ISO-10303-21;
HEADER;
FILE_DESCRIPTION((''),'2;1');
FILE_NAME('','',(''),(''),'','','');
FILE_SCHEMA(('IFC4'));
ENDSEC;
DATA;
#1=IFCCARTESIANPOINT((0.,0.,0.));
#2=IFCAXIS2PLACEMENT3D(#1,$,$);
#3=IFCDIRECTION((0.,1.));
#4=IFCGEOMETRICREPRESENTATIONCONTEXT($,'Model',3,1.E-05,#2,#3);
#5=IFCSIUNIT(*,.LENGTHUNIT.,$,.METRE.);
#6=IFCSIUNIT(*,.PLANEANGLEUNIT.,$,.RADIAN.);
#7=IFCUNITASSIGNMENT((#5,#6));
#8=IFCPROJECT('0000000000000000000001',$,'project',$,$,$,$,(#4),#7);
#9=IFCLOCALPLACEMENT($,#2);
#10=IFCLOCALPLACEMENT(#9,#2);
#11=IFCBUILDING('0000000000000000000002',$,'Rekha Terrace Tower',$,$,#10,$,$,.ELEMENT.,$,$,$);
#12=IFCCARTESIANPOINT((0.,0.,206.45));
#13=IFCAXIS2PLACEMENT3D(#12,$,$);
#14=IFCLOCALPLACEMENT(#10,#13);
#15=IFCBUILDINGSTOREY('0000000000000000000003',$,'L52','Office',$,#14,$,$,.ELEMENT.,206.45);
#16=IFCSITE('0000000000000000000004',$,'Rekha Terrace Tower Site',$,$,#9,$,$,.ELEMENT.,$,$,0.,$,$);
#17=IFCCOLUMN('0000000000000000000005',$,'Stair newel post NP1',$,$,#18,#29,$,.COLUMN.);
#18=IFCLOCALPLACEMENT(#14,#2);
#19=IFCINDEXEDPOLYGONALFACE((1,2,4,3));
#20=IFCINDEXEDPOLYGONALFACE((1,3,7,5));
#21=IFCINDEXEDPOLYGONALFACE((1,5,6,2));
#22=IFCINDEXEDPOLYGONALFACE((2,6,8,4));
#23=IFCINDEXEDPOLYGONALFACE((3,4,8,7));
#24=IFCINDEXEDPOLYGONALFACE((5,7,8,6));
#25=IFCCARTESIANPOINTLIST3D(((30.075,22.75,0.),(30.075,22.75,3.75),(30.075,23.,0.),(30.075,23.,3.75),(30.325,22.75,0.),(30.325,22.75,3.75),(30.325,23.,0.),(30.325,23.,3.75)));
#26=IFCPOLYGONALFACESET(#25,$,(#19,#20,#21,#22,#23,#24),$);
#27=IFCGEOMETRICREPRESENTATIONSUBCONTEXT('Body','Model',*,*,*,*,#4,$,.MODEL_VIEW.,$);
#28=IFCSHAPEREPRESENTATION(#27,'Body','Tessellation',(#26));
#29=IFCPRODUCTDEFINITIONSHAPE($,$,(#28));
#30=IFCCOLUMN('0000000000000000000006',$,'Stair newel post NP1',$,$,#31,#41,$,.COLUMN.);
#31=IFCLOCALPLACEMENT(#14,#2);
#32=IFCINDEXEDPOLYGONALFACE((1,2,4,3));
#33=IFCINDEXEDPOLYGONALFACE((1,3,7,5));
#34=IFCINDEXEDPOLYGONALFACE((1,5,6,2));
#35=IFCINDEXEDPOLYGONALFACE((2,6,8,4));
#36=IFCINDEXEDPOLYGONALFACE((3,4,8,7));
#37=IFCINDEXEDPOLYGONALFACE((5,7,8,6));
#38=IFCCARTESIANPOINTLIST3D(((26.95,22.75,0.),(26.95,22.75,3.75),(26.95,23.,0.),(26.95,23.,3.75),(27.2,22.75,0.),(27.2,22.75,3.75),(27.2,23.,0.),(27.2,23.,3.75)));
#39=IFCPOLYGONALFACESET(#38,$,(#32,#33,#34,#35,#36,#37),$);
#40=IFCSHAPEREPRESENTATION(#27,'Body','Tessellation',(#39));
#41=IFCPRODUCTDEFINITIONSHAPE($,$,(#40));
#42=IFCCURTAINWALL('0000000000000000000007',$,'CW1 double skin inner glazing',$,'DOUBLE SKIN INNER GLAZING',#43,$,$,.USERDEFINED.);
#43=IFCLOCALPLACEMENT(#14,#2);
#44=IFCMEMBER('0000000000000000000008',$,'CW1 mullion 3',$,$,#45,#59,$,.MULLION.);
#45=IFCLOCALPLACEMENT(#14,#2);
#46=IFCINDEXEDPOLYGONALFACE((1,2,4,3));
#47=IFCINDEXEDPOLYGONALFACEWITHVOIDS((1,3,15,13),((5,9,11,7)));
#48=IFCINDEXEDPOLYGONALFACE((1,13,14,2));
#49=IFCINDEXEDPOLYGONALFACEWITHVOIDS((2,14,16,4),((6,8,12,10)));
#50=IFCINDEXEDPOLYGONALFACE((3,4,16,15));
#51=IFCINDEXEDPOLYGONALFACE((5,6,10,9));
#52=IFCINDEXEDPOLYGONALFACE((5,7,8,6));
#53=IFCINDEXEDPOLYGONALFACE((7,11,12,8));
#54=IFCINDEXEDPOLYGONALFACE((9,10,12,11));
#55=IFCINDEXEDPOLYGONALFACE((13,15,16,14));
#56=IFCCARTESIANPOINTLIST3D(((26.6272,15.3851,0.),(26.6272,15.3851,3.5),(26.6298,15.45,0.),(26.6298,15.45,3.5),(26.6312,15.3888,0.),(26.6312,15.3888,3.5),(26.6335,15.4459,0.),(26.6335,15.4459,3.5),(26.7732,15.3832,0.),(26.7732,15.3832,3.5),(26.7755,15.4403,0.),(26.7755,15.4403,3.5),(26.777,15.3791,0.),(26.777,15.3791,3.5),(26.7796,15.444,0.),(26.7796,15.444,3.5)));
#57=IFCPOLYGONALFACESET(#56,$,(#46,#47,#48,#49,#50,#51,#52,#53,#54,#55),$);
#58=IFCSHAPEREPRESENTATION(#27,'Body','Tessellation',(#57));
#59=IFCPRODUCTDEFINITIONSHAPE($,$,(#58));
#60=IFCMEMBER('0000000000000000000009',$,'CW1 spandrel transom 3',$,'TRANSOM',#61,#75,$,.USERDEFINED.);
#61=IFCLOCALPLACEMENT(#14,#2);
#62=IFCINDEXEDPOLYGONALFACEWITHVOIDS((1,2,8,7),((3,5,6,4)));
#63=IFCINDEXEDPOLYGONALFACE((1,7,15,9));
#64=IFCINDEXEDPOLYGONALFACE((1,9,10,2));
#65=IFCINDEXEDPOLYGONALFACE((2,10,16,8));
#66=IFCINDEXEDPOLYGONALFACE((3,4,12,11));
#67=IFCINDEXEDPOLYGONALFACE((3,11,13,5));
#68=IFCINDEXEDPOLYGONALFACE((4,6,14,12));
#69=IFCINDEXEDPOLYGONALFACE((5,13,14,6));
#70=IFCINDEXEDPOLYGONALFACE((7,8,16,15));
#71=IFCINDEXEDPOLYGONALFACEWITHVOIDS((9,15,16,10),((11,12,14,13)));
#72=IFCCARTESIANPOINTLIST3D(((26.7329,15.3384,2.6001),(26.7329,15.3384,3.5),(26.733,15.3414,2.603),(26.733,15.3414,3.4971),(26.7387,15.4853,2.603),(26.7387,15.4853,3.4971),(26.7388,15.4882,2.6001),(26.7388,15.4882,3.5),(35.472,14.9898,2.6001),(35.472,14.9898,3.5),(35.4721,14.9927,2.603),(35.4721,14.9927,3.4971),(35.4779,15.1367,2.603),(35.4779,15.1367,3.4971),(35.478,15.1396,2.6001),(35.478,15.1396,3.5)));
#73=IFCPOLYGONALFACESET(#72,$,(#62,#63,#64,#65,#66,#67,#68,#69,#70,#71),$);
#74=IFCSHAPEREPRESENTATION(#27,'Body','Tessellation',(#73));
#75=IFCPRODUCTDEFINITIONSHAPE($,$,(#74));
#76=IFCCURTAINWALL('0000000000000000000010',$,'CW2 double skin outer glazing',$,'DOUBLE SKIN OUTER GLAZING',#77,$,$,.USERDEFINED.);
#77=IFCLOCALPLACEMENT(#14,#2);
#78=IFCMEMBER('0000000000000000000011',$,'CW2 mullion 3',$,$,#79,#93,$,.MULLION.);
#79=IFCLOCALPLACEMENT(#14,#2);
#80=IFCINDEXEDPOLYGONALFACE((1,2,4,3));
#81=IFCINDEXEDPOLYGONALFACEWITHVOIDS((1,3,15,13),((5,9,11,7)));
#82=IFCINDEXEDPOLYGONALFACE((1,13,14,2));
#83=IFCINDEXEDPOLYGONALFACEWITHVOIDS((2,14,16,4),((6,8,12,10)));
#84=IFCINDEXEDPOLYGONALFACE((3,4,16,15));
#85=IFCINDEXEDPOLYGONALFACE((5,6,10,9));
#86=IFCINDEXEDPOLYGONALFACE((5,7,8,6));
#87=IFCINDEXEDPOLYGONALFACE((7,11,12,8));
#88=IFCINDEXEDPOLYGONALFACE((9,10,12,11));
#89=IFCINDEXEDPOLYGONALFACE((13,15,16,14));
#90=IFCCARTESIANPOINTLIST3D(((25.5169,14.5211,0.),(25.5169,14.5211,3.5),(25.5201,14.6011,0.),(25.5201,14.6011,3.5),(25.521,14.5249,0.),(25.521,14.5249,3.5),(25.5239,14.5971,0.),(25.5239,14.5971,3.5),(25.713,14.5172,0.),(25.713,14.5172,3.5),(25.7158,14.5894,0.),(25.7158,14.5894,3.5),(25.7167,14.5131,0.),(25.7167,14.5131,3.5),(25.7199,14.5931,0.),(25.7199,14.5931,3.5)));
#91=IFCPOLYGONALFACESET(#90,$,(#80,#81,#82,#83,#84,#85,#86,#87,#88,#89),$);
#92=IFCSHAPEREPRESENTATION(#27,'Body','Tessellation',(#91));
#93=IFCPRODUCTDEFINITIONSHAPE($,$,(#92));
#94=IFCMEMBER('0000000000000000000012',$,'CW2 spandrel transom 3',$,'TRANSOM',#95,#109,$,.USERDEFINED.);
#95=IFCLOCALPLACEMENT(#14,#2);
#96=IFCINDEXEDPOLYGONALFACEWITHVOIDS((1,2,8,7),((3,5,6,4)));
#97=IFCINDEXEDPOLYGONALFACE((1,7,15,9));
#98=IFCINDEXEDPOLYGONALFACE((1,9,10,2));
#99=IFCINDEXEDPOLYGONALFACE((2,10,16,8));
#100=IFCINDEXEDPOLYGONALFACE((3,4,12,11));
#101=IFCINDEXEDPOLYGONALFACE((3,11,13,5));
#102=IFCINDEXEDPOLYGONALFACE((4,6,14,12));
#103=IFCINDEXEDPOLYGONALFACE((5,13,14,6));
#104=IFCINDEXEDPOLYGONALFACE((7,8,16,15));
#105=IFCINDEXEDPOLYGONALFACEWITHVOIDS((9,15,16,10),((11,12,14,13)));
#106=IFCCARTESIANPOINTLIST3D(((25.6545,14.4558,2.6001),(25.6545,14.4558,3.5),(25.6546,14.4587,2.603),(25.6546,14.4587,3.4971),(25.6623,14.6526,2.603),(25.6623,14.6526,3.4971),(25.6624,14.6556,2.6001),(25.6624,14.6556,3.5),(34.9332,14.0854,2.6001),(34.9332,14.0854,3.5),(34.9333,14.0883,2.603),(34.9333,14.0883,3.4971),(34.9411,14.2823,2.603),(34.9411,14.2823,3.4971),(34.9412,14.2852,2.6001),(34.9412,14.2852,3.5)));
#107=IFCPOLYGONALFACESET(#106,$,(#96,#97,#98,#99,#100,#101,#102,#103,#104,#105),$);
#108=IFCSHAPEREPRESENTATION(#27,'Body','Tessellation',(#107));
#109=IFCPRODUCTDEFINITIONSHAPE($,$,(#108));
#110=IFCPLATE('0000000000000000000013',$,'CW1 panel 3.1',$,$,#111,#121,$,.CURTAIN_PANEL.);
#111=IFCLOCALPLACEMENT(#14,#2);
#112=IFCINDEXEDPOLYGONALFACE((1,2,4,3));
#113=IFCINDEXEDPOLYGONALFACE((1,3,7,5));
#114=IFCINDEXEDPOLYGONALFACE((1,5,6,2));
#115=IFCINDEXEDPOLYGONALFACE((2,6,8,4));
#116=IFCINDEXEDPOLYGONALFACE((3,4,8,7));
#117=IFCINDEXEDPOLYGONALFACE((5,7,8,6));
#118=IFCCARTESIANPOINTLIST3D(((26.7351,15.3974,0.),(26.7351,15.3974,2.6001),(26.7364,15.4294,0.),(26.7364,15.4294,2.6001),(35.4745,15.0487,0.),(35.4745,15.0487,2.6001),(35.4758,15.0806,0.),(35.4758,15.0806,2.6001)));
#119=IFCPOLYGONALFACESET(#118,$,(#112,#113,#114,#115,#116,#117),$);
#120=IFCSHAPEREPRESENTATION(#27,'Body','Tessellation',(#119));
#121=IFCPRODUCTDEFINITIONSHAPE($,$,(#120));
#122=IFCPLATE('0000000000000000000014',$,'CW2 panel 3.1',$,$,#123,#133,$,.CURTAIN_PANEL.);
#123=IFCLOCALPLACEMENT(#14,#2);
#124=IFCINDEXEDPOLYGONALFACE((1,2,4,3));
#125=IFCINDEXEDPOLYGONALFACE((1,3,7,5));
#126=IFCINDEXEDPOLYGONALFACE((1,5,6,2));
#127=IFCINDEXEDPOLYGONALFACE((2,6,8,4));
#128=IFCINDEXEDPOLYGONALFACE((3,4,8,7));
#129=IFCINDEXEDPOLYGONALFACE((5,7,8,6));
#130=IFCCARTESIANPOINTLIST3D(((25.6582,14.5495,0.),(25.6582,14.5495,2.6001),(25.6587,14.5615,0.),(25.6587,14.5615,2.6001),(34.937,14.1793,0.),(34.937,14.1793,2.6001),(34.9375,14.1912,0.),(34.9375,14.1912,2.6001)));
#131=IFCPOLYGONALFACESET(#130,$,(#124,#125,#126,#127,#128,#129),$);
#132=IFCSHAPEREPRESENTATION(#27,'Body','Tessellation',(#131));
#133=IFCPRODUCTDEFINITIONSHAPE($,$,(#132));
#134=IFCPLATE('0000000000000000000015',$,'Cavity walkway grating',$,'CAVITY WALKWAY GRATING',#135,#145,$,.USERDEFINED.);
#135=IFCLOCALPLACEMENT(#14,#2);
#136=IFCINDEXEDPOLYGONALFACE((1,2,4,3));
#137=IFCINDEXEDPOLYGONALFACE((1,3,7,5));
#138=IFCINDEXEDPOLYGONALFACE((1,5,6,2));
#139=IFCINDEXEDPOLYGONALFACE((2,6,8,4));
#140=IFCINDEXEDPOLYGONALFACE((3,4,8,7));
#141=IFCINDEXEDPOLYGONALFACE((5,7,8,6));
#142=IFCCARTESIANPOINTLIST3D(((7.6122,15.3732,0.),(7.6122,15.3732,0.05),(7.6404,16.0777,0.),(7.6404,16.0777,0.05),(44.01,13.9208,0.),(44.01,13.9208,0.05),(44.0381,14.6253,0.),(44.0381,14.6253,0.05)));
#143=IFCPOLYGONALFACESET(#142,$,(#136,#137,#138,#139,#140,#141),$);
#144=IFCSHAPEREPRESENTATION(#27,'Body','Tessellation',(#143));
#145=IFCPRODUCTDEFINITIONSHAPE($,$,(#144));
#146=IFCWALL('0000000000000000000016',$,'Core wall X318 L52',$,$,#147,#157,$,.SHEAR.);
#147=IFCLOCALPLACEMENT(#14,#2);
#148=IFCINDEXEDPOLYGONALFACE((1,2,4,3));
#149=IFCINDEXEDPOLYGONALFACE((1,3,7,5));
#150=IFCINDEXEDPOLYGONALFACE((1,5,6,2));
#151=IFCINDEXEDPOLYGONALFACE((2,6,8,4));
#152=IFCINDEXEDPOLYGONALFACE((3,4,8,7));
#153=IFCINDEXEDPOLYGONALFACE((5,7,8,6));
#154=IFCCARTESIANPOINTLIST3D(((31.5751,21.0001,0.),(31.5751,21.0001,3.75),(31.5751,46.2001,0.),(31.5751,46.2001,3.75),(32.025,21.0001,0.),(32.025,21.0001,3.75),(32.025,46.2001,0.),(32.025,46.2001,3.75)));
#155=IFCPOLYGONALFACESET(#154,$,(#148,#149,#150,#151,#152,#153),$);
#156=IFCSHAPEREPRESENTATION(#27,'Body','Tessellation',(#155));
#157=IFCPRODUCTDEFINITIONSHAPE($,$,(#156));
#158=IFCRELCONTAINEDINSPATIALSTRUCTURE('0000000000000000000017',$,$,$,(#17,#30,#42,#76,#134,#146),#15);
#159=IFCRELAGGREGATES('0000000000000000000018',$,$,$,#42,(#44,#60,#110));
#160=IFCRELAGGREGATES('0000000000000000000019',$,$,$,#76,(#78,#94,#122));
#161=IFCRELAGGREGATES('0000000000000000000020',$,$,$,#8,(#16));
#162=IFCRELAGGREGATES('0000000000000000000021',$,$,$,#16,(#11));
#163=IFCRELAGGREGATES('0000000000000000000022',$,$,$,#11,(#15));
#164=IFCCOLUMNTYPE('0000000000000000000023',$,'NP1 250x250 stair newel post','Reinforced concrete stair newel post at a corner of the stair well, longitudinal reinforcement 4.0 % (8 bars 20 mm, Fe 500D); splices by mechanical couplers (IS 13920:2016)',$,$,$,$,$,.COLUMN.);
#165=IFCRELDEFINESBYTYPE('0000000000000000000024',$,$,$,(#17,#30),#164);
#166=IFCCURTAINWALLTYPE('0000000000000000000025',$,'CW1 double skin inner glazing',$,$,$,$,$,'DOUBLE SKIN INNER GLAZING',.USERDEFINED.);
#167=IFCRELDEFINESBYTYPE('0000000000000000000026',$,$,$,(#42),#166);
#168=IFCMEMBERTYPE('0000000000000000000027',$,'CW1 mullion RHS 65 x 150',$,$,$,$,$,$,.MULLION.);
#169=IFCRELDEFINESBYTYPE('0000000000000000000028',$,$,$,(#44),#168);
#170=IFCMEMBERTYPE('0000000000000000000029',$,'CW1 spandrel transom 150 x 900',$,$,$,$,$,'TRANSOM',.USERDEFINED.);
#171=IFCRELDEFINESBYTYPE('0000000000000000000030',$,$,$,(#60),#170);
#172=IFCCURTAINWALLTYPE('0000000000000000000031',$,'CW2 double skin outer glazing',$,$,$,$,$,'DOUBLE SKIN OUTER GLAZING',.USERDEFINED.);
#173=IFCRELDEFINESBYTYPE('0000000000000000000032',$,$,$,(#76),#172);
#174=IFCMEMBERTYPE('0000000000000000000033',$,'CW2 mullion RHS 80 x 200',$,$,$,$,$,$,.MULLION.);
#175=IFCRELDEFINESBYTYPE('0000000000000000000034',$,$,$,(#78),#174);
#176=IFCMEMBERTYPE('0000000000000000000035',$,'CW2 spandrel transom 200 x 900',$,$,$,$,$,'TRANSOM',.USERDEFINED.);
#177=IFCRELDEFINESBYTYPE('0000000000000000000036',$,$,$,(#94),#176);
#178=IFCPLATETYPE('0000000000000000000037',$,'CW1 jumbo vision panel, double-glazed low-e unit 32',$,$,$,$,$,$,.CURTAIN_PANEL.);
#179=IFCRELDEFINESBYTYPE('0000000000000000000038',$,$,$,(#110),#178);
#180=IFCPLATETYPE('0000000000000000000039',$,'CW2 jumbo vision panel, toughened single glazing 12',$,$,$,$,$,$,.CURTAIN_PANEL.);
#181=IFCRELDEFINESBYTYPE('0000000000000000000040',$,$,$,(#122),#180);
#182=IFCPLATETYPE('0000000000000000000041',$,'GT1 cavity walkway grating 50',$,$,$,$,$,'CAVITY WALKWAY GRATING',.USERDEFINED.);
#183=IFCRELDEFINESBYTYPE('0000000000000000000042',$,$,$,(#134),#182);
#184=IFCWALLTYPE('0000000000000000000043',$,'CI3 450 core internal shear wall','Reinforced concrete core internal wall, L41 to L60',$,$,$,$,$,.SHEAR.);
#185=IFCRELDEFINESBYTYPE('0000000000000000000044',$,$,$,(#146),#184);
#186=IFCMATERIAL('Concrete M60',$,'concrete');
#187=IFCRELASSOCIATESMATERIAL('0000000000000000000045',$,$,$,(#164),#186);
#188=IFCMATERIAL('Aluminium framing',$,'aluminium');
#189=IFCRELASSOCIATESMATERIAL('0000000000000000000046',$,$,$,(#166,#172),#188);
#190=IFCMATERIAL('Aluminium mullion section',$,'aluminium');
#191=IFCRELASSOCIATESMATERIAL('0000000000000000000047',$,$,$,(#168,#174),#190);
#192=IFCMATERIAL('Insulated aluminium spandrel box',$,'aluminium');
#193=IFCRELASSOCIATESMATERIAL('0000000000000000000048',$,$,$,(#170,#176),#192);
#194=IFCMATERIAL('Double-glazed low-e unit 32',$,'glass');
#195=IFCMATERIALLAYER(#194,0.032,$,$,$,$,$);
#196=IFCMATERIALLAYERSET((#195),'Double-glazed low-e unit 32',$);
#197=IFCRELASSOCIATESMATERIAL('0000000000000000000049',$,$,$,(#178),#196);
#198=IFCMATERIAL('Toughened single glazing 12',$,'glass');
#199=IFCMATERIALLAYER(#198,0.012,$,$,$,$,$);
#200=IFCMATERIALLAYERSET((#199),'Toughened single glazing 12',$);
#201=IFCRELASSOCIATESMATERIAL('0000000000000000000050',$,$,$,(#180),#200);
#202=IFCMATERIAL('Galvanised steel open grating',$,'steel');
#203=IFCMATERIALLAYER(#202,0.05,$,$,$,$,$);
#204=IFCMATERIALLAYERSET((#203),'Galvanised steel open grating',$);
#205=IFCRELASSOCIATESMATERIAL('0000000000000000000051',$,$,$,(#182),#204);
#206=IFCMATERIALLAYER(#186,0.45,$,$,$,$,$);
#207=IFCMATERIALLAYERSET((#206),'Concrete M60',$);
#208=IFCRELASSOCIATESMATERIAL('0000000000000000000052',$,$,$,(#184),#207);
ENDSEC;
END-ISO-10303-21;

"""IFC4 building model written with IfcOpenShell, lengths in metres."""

from ifc_helpers import new_model, si_unit, direction, frame, frame_2d, origin, origin_2d, place, context, subcontext, project, spatial, rectangle, hollow_rectangle, extrude, material, layer, layer_set, material_profile, profile_set, type_object, element, aggregate, save


model = new_model("IFC4")

# Units and contexts
model_context = context("Model", 3, precision=1e-05, world=origin(), true_north=direction((0.0, 1.0)))
body_context = subcontext(model_context, "Body", "Model", "MODEL_VIEW")
ifc_project = project(units=[si_unit("LENGTHUNIT", "METRE"), si_unit("PLANEANGLEUNIT", "RADIAN")], contexts=[model_context])

# Site, building, storey
site_placement = place(None, origin())
site = spatial("IfcSite", under=ifc_project, at=site_placement, Name="Rekha Terrace Tower Site", CompositionType="ELEMENT", RefElevation=0.0)
building_placement = place(site_placement, origin())
building = spatial("IfcBuilding", under=site, at=building_placement, Name="Rekha Terrace Tower", CompositionType="ELEMENT")
storey_placement = place(building_placement, frame((0.0, 0.0, 206.45)))
storey = spatial("IfcBuildingStorey", under=building, at=storey_placement, Name="L52", Description="Office", CompositionType="ELEMENT", Elevation=206.45)

# Columns
ifc_material_1 = material(Name="Concrete M60", Category="concrete")
ifc_material_profile_1 = material_profile(ifc_material_1, rectangle(XDim=0.25, YDim=0.25, at=origin_2d()), Name="RC 250x250")
ifc_profile_set_1 = profile_set([ifc_material_profile_1], Name="Concrete M60")
column_type = type_object("IfcColumnType", Name="NP1 250x250 stair newel post", Description="Reinforced concrete stair newel post at a corner of the stair well, longitudinal reinforcement 4.0 % (8 bars 20 mm, Fe 500D); splices by mechanical couplers (IS 13920:2016)", PredefinedType="COLUMN", material=ifc_profile_set_1)
for number, where, z_axis, x_axis, name in (
    (1, (30.2, 22.875, 0.0), (0.0, 0.0, 1.0), (1.0, 0.0, 0.0), "Stair newel post NP1"),
    (2, (27.075, 22.875, 0.0), (0.0, 0.0, 1.0), (1.0, 0.0, 0.0), "Stair newel post NP1"),
):
    element("IfcColumn", number, at=place(storey_placement, frame(where, z_axis=z_axis, x_axis=x_axis)), inside=storey, type_object=column_type, Name=name, PredefinedType="COLUMN", context=body_context, shape_type="SweptSolid", body=[
        extrude(rectangle(XDim=0.25, YDim=0.25, at=origin_2d()), origin(), (0.0, 0.0, 1.0), 3.75),
    ])

# Curtain walls, members
ifc_material_2 = material(Name="Aluminium framing", Category="aluminium")
curtain_wall_type_1 = type_object("IfcCurtainWallType", Name="CW1 double skin inner glazing", ElementType="DOUBLE SKIN INNER GLAZING", PredefinedType="USERDEFINED", material=ifc_material_2)
curtain_wall_1_placement = place(storey_placement, origin())
curtain_wall_1 = element("IfcCurtainWall", 3, at=curtain_wall_1_placement, inside=storey, type_object=curtain_wall_type_1, Name="CW1 double skin inner glazing", ObjectType="DOUBLE SKIN INNER GLAZING", PredefinedType="USERDEFINED")
ifc_material_3 = material(Name="Aluminium mullion section", Category="aluminium")
ifc_material_profile_2 = material_profile(ifc_material_3, hollow_rectangle(XDim=0.0649, YDim=0.1499, WallThickness=0.0039, at=origin_2d()), Name="AL RHS 65x150")
ifc_profile_set_2 = profile_set([ifc_material_profile_2], Name="Aluminium mullion section")
member_type_1 = type_object("IfcMemberType", Name="CW1 mullion RHS 65 x 150", PredefinedType="MULLION", material=ifc_profile_set_2)
member_1_placement = place(storey_placement, frame((26.7034, 15.4146, 0.0), z_axis=(0.0, 0.0, 1.0), x_axis=(0.039872, 0.999205, 0.0)))
member_1 = element("IfcMember", 4, at=member_1_placement, type_object=member_type_1, Name="CW1 mullion 3", PredefinedType="MULLION", context=body_context, shape_type="SweptSolid", body=[
    extrude(hollow_rectangle(XDim=0.0649, YDim=0.1499, WallThickness=0.0039, at=origin_2d()), origin(), (0.0, 0.0, 1.0), 3.5),
])
ifc_material_4 = material(Name="Insulated aluminium spandrel box", Category="aluminium")
ifc_material_profile_3 = material_profile(ifc_material_4, hollow_rectangle(XDim=0.1499, YDim=0.8999, WallThickness=0.0029, at=origin_2d()), Name="AL SPANDREL BOX 150x900")
ifc_profile_set_3 = profile_set([ifc_material_profile_3], Name="Insulated aluminium spandrel box")
member_type_2 = type_object("IfcMemberType", Name="CW1 spandrel transom 150 x 900", ElementType="TRANSOM", PredefinedType="USERDEFINED", material=ifc_profile_set_3)
member_2_placement = place(storey_placement, frame((26.7358, 15.4133, 3.05), z_axis=(0.999205, -0.039861, 0.0), x_axis=(0.039861, 0.999205, 0.0)))
member_2 = element("IfcMember", 5, at=member_2_placement, type_object=member_type_2, Name="CW1 spandrel transom 3", ObjectType="TRANSOM", PredefinedType="USERDEFINED", context=body_context, shape_type="SweptSolid", body=[
    extrude(hollow_rectangle(XDim=0.1499, YDim=0.8999, WallThickness=0.0029, at=origin_2d()), origin(), (0.0, 0.0, 1.0), 8.7461),
])
curtain_wall_type_2 = type_object("IfcCurtainWallType", Name="CW2 double skin outer glazing", ElementType="DOUBLE SKIN OUTER GLAZING", PredefinedType="USERDEFINED", material=ifc_material_2)
curtain_wall_2_placement = place(storey_placement, origin())
curtain_wall_2 = element("IfcCurtainWall", 6, at=curtain_wall_2_placement, inside=storey, type_object=curtain_wall_type_2, Name="CW2 double skin outer glazing", ObjectType="DOUBLE SKIN OUTER GLAZING", PredefinedType="USERDEFINED")
ifc_material_profile_4 = material_profile(ifc_material_3, hollow_rectangle(XDim=0.0801, YDim=0.2, WallThickness=0.0039, at=origin_2d()), Name="AL RHS 80x200")
ifc_profile_set_4 = profile_set([ifc_material_profile_4], Name="Aluminium mullion section")
member_type_3 = type_object("IfcMemberType", Name="CW2 mullion RHS 80 x 200", PredefinedType="MULLION", material=ifc_profile_set_4)
member_3_placement = place(storey_placement, frame((25.6184, 14.5571, 0.0), z_axis=(0.0, 0.0, 1.0), x_axis=(0.039872, 0.999205, 0.0)))
member_3 = element("IfcMember", 7, at=member_3_placement, type_object=member_type_3, Name="CW2 mullion 3", PredefinedType="MULLION", context=body_context, shape_type="SweptSolid", body=[
    extrude(hollow_rectangle(XDim=0.0801, YDim=0.2, WallThickness=0.0039, at=origin_2d()), origin(), (0.0, 0.0, 1.0), 3.5),
])
ifc_material_profile_5 = material_profile(ifc_material_4, hollow_rectangle(XDim=0.2, YDim=0.8999, WallThickness=0.0029, at=origin_2d()), Name="AL SPANDREL BOX 200x900")
ifc_profile_set_5 = profile_set([ifc_material_profile_5], Name="Insulated aluminium spandrel box")
member_type_4 = type_object("IfcMemberType", Name="CW2 spandrel transom 200 x 900", ElementType="TRANSOM", PredefinedType="USERDEFINED", material=ifc_profile_set_5)
member_4_placement = place(storey_placement, frame((25.6584, 14.5557, 3.05), z_axis=(0.999204, -0.039883, 0.0), x_axis=(0.039883, 0.999204, 0.0)))
member_4 = element("IfcMember", 8, at=member_4_placement, type_object=member_type_4, Name="CW2 spandrel transom 3", ObjectType="TRANSOM", PredefinedType="USERDEFINED", context=body_context, shape_type="SweptSolid", body=[
    extrude(hollow_rectangle(XDim=0.2, YDim=0.8999, WallThickness=0.0029, at=origin_2d()), origin(), (0.0, 0.0, 1.0), 9.2861),
])

# Plates
ifc_material_5 = material(Name="Double-glazed low-e unit 32", Category="glass")
ifc_layer_1 = layer(ifc_material_5, 0.032)
ifc_layer_set_1 = layer_set([ifc_layer_1], Name="Double-glazed low-e unit 32")
plate_type_1 = type_object("IfcPlateType", Name="CW1 jumbo vision panel, double-glazed low-e unit 32", PredefinedType="CURTAIN_PANEL", material=ifc_layer_set_1)
plate_1_placement = place(storey_placement, frame((31.1055, 15.239, 0.0), z_axis=(0.0, 0.0, 1.0), x_axis=(0.999205, -0.039872, 0.0)))
plate_1 = element("IfcPlate", 9, at=plate_1_placement, type_object=plate_type_1, Name="CW1 panel 3.1", PredefinedType="CURTAIN_PANEL", context=body_context, shape_type="SweptSolid", body=[
    extrude(rectangle(XDim=8.7463, YDim=0.032, at=origin_2d()), origin(), (0.0, 0.0, 1.0), 2.6001),
])
aggregate(curtain_wall_1, [member_1, member_2, plate_1])
ifc_material_6 = material(Name="Toughened single glazing 12", Category="glass")
ifc_layer_2 = layer(ifc_material_6, 0.012)
ifc_layer_set_2 = layer_set([ifc_layer_2], Name="Toughened single glazing 12")
plate_type_2 = type_object("IfcPlateType", Name="CW2 jumbo vision panel, toughened single glazing 12", PredefinedType="CURTAIN_PANEL", material=ifc_layer_set_2)
plate_2_placement = place(storey_placement, frame((30.2979, 14.3704, 0.0), z_axis=(0.0, 0.0, 1.0), x_axis=(0.999205, -0.039872, 0.0)))
plate_2 = element("IfcPlate", 10, at=plate_2_placement, type_object=plate_type_2, Name="CW2 panel 3.1", PredefinedType="CURTAIN_PANEL", context=body_context, shape_type="SweptSolid", body=[
    extrude(rectangle(XDim=9.2861, YDim=0.012, at=origin_2d()), origin(), (0.0, 0.0, 1.0), 2.6001),
])
aggregate(curtain_wall_2, [member_3, member_4, plate_2])
ifc_material_7 = material(Name="Galvanised steel open grating", Category="steel")
ifc_layer_3 = layer(ifc_material_7, 0.05)
ifc_layer_set_3 = layer_set([ifc_layer_3], Name="Galvanised steel open grating")
plate_type_3 = type_object("IfcPlateType", Name="GT1 cavity walkway grating 50", ElementType="CAVITY WALKWAY GRATING", PredefinedType="USERDEFINED", material=ifc_layer_set_3)
plate_3_placement = place(storey_placement, frame((25.8252, 14.9993, 0.0), z_axis=(0.0, 0.0, 1.0), x_axis=(0.999205, -0.039872, 0.0)))
element("IfcPlate", 11, at=plate_3_placement, inside=storey, type_object=plate_type_3, Name="Cavity walkway grating", ObjectType="CAVITY WALKWAY GRATING", PredefinedType="USERDEFINED", context=body_context, shape_type="SweptSolid", body=[
    extrude(rectangle(XDim=36.4268, YDim=0.7051, at=origin_2d()), origin(), (0.0, 0.0, 1.0), 0.05),
])

# Wall
ifc_layer_4 = layer(ifc_material_1, 0.45)
ifc_layer_set_4 = layer_set([ifc_layer_4], Name="Concrete M60")
wall_type = type_object("IfcWallType", Name="CI3 450 core internal shear wall", Description="Reinforced concrete core internal wall, L41 to L60", PredefinedType="SHEAR", material=ifc_layer_set_4)
wall_placement = place(storey_placement, frame((31.8, 21.0, 0.0), z_axis=(0.0, 0.0, 1.0), x_axis=(0.0, 1.0, 0.0)))
element("IfcWall", 12, at=wall_placement, inside=storey, type_object=wall_type, Name="Core wall X318 L52", PredefinedType="SHEAR", context=body_context, shape_type="SweptSolid", body=[
    extrude(rectangle(XDim=25.2, YDim=0.45, at=frame_2d((12.6001, 0.0))), origin(), (0.0, 0.0, 1.0), 3.75),
])

save(model, "model.ifc")
